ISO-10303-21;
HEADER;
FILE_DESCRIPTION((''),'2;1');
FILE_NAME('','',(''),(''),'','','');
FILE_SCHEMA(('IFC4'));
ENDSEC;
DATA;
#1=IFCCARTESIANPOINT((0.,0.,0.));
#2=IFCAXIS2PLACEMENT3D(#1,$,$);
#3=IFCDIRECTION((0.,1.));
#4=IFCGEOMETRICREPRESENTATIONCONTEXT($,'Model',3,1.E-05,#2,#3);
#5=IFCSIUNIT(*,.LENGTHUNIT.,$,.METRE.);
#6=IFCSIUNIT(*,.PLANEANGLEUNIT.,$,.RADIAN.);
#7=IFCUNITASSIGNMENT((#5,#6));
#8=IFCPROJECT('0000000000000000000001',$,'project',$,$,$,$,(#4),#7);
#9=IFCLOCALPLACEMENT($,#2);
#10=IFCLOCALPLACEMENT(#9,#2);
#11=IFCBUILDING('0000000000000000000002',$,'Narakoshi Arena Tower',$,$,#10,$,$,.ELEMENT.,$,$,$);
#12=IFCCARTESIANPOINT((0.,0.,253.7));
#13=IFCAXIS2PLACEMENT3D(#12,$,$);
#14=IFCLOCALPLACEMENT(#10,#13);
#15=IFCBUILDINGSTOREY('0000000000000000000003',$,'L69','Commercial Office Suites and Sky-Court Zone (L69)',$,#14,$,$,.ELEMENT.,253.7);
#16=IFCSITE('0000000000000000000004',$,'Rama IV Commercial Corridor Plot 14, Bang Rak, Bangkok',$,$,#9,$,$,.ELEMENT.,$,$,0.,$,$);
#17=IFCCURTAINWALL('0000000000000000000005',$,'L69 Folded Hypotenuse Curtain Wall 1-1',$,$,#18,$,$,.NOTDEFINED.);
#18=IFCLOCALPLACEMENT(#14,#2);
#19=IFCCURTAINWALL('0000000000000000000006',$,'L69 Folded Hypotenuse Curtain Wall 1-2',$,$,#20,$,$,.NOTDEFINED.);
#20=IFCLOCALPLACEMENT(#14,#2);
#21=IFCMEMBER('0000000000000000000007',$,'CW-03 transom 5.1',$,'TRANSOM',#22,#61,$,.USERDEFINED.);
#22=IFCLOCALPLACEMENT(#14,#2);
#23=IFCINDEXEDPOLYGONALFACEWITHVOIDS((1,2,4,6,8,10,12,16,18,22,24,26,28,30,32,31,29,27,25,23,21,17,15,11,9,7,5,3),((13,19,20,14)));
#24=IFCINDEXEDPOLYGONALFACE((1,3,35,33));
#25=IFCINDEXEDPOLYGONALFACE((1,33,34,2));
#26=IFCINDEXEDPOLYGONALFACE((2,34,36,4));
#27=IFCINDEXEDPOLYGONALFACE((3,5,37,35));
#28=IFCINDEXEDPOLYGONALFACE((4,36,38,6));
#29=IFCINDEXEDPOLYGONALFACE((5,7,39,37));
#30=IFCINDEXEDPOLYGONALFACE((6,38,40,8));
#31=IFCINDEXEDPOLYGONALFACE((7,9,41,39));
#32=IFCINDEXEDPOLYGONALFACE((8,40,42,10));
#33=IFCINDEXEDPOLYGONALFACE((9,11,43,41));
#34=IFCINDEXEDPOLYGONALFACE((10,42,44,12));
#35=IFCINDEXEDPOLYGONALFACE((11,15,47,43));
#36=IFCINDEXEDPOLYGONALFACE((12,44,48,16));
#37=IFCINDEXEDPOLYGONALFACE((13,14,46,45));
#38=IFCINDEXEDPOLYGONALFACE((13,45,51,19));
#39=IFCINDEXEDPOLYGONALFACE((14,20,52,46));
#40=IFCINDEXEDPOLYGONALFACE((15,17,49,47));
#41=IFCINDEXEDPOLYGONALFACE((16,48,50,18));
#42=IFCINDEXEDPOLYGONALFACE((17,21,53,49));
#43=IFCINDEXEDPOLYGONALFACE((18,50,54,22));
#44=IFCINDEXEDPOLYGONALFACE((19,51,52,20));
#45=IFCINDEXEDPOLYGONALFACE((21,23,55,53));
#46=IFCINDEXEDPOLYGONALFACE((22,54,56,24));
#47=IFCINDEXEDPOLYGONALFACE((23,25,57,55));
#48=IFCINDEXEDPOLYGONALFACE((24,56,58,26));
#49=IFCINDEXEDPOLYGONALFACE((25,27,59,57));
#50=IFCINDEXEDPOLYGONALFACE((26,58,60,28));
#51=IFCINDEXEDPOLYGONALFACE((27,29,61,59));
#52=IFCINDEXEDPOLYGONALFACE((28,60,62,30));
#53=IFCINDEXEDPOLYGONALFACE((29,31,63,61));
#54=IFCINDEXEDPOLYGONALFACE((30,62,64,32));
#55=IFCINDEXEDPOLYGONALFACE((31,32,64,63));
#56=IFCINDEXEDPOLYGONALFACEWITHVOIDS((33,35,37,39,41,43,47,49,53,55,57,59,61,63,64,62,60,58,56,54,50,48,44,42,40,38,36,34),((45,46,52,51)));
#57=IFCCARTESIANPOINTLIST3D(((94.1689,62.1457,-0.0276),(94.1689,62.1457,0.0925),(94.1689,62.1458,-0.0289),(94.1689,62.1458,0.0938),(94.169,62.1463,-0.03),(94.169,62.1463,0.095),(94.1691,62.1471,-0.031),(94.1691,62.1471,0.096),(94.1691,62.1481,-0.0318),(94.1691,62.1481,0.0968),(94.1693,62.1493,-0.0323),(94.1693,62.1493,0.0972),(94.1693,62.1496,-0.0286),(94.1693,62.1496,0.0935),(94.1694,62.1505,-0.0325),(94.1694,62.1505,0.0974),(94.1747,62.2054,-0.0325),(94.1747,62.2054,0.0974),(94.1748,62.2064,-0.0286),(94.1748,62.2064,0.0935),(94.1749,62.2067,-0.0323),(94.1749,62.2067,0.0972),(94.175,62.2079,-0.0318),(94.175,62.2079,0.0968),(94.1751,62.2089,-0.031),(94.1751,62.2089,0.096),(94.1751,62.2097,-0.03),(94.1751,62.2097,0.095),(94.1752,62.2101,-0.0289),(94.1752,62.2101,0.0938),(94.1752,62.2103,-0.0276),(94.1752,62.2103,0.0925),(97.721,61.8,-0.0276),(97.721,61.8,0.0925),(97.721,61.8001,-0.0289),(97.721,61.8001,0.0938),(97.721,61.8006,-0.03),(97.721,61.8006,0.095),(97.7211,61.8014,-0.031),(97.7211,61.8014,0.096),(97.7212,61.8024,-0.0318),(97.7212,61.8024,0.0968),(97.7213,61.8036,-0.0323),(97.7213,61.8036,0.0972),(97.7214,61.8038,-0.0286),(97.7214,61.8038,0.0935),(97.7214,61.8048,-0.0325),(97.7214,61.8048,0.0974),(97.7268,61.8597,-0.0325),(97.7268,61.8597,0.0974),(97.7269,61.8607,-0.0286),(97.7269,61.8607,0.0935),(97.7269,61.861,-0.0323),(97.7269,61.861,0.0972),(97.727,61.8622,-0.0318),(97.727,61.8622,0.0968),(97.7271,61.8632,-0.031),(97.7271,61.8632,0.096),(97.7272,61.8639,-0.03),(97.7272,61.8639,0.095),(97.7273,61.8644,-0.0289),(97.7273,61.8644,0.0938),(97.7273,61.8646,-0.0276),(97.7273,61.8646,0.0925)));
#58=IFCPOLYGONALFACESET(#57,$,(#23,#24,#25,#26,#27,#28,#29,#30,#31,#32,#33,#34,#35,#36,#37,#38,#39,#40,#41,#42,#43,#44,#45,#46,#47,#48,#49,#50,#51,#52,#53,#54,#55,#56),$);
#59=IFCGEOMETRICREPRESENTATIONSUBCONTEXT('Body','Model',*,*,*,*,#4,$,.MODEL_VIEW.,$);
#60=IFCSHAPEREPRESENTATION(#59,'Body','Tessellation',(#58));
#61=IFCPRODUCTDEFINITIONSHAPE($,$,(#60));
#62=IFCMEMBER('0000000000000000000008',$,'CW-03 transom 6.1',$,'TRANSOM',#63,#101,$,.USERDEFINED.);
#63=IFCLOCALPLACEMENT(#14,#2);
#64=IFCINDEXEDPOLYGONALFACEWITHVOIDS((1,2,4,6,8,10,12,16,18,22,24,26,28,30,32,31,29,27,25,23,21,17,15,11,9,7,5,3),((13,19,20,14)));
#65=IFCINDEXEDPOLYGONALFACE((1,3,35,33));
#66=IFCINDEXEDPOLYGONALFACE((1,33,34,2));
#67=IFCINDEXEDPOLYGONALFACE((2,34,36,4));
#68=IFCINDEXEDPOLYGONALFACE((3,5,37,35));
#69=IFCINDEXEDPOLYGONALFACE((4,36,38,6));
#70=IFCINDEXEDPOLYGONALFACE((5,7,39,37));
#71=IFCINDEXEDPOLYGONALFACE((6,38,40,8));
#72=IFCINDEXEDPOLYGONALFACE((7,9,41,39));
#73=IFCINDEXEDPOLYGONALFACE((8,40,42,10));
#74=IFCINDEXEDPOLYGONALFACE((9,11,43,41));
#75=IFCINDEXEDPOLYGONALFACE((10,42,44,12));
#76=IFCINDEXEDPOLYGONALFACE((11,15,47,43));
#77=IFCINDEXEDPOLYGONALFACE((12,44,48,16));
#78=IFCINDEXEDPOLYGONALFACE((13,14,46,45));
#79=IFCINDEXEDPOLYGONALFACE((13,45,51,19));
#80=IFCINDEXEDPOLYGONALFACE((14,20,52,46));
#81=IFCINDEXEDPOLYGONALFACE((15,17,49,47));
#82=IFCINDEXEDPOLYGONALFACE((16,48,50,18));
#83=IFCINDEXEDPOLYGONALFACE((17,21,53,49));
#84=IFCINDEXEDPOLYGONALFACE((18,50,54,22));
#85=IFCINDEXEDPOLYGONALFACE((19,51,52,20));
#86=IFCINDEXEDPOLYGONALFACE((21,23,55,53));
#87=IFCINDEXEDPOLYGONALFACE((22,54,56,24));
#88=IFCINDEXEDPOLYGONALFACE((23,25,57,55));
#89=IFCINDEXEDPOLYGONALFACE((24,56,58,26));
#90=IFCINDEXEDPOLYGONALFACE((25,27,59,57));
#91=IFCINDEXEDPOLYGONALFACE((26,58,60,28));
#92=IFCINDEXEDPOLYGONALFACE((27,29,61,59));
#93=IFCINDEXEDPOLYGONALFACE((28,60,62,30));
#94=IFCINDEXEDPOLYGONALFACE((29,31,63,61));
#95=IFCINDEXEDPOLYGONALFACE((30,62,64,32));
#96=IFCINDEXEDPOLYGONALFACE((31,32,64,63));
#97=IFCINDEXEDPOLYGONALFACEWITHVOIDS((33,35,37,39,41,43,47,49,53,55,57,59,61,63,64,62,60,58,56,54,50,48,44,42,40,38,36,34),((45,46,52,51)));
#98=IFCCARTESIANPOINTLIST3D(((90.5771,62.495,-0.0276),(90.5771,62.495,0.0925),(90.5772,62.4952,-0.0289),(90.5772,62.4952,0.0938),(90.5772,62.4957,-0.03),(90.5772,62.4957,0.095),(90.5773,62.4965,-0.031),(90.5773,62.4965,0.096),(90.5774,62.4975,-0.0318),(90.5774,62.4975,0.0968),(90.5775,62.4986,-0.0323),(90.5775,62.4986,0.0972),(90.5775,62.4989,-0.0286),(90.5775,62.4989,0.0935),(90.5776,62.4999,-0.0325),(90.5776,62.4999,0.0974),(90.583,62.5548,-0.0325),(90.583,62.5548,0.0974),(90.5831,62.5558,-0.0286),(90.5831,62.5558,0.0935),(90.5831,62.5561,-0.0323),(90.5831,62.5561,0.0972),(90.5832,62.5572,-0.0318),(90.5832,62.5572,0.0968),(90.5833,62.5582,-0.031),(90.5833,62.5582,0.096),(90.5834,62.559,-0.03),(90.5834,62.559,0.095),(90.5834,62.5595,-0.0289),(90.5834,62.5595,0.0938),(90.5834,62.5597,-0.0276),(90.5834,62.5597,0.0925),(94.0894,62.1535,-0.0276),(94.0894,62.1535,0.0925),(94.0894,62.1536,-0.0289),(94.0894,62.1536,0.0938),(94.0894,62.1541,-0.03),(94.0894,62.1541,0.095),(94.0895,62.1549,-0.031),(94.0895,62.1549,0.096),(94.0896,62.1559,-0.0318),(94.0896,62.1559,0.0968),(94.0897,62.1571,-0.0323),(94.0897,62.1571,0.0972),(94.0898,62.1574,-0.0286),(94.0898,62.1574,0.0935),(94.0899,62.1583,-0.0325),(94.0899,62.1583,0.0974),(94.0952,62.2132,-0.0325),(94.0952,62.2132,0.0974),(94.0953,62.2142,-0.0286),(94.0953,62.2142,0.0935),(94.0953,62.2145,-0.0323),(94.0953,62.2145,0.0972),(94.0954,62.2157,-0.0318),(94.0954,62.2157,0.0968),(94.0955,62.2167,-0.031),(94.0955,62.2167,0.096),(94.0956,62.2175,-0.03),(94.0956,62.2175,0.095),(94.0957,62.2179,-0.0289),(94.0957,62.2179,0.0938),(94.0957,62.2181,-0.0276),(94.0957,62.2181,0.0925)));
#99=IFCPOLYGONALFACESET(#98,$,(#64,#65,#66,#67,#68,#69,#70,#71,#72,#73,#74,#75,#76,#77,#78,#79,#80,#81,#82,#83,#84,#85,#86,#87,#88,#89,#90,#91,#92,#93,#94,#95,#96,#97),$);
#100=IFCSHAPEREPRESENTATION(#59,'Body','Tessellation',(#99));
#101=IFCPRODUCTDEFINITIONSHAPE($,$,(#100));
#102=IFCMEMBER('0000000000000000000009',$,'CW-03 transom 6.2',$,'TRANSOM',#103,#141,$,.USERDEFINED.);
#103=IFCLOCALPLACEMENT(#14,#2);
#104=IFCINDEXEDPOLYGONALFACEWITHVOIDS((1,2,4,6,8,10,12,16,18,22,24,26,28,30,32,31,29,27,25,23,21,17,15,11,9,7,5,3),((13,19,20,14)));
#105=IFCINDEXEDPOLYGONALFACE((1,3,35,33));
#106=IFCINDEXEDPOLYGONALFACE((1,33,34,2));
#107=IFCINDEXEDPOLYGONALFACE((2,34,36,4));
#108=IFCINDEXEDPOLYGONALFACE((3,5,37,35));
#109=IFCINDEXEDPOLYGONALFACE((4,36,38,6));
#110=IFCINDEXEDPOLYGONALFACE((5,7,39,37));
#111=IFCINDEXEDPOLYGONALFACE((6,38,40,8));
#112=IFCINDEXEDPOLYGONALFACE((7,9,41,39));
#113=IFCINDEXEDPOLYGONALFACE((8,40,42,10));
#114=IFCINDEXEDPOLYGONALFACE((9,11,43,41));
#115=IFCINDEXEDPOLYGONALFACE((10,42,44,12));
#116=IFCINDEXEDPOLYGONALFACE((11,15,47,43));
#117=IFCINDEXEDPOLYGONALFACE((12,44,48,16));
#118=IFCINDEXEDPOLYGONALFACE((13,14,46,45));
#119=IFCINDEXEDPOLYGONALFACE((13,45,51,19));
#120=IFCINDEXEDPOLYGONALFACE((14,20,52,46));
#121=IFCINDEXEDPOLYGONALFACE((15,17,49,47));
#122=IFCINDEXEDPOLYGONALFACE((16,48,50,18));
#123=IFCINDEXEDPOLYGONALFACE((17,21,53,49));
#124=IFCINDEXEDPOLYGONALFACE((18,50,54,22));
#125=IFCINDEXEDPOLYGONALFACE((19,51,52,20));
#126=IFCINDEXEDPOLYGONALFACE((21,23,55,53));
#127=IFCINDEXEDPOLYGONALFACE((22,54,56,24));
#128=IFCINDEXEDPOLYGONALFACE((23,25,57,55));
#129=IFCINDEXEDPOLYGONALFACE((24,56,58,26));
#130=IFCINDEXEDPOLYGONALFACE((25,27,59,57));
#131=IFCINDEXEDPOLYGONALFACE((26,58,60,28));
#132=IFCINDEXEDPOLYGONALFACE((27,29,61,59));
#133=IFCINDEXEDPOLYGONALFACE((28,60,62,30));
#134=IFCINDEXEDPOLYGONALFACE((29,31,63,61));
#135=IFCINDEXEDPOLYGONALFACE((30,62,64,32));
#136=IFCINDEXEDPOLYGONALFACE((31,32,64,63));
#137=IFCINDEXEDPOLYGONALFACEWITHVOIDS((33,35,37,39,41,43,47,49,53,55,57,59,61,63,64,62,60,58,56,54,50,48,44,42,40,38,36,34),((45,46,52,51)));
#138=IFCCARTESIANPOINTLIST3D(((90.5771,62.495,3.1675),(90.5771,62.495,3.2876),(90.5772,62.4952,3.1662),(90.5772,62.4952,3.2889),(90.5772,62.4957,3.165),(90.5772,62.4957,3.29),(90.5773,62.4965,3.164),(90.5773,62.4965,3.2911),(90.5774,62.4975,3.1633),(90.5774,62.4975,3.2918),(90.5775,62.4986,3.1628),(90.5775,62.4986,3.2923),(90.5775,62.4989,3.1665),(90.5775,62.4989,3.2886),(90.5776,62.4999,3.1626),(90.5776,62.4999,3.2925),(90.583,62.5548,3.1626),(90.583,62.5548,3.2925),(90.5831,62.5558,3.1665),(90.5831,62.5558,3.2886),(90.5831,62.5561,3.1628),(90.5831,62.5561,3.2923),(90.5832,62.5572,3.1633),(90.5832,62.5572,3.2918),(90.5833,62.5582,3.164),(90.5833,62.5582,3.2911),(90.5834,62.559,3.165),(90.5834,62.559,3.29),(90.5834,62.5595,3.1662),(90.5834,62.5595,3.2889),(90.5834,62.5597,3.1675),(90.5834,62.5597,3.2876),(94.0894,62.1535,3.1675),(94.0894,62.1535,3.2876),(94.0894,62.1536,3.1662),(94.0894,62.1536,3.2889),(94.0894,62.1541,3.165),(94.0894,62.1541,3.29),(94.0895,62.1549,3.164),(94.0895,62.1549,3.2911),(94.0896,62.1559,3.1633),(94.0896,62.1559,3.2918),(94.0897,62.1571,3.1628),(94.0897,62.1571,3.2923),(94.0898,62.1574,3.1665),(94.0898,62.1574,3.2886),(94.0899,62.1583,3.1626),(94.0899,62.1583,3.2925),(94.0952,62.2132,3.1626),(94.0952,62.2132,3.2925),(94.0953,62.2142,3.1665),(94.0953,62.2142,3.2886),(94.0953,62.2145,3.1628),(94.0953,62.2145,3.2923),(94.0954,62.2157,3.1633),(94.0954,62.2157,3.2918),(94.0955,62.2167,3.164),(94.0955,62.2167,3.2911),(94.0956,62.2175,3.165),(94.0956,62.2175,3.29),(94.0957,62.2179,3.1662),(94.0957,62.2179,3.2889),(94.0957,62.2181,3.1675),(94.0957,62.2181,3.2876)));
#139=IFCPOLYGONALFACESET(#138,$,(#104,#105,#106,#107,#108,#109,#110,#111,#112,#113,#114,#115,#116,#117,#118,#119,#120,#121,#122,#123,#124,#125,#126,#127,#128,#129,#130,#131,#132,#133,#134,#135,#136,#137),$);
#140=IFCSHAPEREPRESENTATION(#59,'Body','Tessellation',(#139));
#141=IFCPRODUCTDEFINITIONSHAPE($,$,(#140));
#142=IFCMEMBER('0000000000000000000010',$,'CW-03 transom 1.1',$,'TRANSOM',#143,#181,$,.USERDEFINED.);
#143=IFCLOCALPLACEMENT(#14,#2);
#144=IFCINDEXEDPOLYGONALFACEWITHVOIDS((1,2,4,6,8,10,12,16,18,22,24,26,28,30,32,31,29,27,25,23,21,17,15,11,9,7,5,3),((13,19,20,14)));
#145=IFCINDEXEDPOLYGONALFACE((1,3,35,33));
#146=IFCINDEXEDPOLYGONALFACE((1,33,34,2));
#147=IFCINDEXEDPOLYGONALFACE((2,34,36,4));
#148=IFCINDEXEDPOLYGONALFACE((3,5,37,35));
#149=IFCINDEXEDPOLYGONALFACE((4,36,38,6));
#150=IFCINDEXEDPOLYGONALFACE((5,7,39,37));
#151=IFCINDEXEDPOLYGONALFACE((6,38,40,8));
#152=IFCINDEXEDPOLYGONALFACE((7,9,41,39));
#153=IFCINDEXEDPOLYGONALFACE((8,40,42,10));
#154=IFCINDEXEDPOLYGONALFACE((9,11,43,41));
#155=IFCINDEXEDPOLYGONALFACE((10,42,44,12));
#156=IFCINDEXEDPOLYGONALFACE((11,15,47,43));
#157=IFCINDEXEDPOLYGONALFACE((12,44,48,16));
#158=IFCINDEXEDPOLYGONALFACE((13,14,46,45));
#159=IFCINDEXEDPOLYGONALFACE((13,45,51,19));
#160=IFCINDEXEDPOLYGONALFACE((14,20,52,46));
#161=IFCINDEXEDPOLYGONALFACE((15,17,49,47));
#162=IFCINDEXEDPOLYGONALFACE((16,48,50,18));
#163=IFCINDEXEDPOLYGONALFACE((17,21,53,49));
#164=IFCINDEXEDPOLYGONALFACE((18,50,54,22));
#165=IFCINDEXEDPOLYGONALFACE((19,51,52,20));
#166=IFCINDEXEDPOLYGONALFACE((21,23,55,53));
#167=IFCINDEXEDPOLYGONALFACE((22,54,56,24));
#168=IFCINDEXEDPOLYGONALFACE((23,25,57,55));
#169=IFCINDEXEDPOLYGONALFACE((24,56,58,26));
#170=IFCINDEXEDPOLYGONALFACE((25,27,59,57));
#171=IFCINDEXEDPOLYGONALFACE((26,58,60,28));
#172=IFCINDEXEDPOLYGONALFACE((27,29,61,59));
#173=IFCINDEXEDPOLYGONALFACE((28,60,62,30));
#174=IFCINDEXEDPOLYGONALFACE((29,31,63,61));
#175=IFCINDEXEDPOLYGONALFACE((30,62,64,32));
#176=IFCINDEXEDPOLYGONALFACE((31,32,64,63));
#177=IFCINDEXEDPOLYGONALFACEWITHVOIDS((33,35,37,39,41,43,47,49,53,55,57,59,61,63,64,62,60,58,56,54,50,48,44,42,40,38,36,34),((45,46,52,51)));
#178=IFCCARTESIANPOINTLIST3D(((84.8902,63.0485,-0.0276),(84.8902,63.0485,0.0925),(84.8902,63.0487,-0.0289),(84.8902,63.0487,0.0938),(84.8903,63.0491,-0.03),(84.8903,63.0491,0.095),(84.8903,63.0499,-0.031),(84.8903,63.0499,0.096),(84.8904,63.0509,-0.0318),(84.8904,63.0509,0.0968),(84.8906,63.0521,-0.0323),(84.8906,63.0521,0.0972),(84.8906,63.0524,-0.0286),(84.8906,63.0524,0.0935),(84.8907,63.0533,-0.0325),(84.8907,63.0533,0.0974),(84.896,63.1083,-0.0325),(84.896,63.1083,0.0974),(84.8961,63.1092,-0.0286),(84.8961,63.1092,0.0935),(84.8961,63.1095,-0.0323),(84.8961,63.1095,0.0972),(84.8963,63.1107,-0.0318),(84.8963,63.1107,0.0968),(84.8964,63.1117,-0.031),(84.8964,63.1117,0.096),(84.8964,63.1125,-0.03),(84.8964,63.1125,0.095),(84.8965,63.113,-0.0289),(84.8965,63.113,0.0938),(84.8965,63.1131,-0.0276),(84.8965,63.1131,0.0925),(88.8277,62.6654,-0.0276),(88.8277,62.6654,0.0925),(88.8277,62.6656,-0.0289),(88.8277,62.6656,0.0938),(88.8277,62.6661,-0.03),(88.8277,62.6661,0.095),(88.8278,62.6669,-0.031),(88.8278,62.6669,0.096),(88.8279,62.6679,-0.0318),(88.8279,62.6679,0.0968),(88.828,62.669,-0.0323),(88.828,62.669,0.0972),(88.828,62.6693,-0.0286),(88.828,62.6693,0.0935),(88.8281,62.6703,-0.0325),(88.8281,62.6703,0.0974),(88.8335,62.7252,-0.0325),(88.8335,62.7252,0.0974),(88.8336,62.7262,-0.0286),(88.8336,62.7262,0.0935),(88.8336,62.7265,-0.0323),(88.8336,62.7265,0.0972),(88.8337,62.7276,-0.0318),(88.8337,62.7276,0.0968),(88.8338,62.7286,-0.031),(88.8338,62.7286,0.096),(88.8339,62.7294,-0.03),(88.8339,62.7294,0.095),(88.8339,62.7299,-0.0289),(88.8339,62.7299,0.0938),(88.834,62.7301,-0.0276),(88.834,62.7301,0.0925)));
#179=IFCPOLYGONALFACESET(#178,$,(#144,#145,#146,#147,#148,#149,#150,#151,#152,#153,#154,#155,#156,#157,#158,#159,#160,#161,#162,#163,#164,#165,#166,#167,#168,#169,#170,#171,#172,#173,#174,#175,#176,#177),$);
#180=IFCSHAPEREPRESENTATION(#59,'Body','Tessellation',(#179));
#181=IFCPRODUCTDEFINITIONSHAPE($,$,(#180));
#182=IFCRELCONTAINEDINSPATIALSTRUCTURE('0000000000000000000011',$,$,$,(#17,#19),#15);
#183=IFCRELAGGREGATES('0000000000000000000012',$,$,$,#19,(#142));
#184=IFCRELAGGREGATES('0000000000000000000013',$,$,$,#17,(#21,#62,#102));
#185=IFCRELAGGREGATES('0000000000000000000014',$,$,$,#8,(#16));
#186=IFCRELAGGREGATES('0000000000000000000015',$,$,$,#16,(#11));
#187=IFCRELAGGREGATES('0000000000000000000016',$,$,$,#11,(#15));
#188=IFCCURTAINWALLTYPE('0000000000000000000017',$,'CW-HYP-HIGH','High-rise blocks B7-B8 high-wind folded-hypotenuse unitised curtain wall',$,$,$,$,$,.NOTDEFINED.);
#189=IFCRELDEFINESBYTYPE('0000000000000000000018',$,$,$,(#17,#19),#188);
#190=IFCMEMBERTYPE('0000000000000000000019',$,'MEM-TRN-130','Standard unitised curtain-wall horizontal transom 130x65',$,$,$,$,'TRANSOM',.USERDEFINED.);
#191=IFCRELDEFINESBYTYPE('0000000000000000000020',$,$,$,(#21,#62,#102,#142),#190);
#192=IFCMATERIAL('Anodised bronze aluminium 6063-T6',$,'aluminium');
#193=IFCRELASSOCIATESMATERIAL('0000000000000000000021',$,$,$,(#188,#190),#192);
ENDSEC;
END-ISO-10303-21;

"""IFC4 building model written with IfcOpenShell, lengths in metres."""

from ifc_helpers import new_model, si_unit, direction, frame, origin, origin_2d, place, context, subcontext, project, spatial, hollow_rectangle, extrude, material, material_profile, profile_set, type_object, element, aggregate, save


model = new_model("IFC4")

# Units and contexts
model_context = context("Model", 3, precision=1e-05, world=origin(), true_north=direction((0.0, 1.0)))
body_context = subcontext(model_context, "Body", "Model", "MODEL_VIEW")
ifc_project = project(units=[si_unit("LENGTHUNIT", "METRE"), si_unit("PLANEANGLEUNIT", "RADIAN")], contexts=[model_context])

# Site, building, storey
site_placement = place(None, origin())
site = spatial("IfcSite", under=ifc_project, at=site_placement, Name="Rama IV Commercial Corridor Plot 14, Bang Rak, Bangkok", CompositionType="ELEMENT", RefElevation=0.0)
building_placement = place(site_placement, origin())
building = spatial("IfcBuilding", under=site, at=building_placement, Name="Narakoshi Arena Tower", CompositionType="ELEMENT")
storey_placement = place(building_placement, frame((0.0, 0.0, 253.7)))
storey = spatial("IfcBuildingStorey", under=building, at=storey_placement, Name="L69", Description="Commercial Office Suites and Sky-Court Zone (L69)", CompositionType="ELEMENT", Elevation=253.7)

# Curtain wall
ifc_material_1 = material(Name="Anodised bronze aluminium 6063-T6", Category="aluminium")
curtain_wall_type = type_object("IfcCurtainWallType", Name="CW-HYP-HIGH", Description="High-rise blocks B7-B8 high-wind folded-hypotenuse unitised curtain wall", PredefinedType="NOTDEFINED", material=ifc_material_1)
curtain_wall_1_placement = place(storey_placement, origin())
curtain_wall_1 = element("IfcCurtainWall", 1, at=curtain_wall_1_placement, inside=storey, type_object=curtain_wall_type, Name="L69 Folded Hypotenuse Curtain Wall 1-1", PredefinedType="NOTDEFINED")

# Curtain wall
curtain_wall_2_placement = place(storey_placement, origin())
curtain_wall_2 = element("IfcCurtainWall", 2, at=curtain_wall_2_placement, inside=storey, type_object=curtain_wall_type, Name="L69 Folded Hypotenuse Curtain Wall 1-2", PredefinedType="NOTDEFINED")

# Members
ifc_material_profile_1 = material_profile(ifc_material_1, hollow_rectangle(XDim=0.0649, YDim=0.1299, WallThickness=0.0039, OuterFilletRadius=0.0049, at=origin_2d()), Name="TRN130x65x4")
ifc_profile_set_1 = profile_set([ifc_material_profile_1], Name="Anodised bronze aluminium 6063-T6")
member_type_1 = type_object("IfcMemberType", Name="MEM-TRN-130", Description="Standard unitised curtain-wall horizontal transom 130x65", ElementType="TRANSOM", PredefinedType="USERDEFINED", material=ifc_profile_set_1)
member_1_placement = place(storey_placement, frame((97.7241, 61.8323, 0.0325), z_axis=(-0.995297, 0.096869, 0.0), x_axis=(-0.096869, -0.995297, 0.0)))
member_1 = element("IfcMember", 3, at=member_1_placement, type_object=member_type_1, Name="CW-03 transom 5.1", ObjectType="TRANSOM", PredefinedType="USERDEFINED", context=body_context, shape_type="SweptSolid", body=[
    extrude(hollow_rectangle(XDim=0.0649, YDim=0.1299, WallThickness=0.0039, OuterFilletRadius=0.0049, at=origin_2d()), origin(), (0.0, 0.0, 1.0), 3.5688),
])
member_2_placement = place(storey_placement, frame((94.0925, 62.1858, 0.0325), z_axis=(-0.995305, 0.096791, 0.0), x_axis=(-0.096791, -0.995305, 0.0)))
member_2 = element("IfcMember", 4, at=member_2_placement, type_object=member_type_1, Name="CW-03 transom 6.1", ObjectType="TRANSOM", PredefinedType="USERDEFINED", context=body_context, shape_type="SweptSolid", body=[
    extrude(hollow_rectangle(XDim=0.0649, YDim=0.1299, WallThickness=0.0039, OuterFilletRadius=0.0049, at=origin_2d()), origin(), (0.0, 0.0, 1.0), 3.5288),
])
member_3_placement = place(storey_placement, frame((94.0925, 62.1858, 3.2275), z_axis=(-0.995305, 0.096791, 0.0), x_axis=(-0.096791, -0.995305, 0.0)))
member_3 = element("IfcMember", 5, at=member_3_placement, type_object=member_type_1, Name="CW-03 transom 6.2", ObjectType="TRANSOM", PredefinedType="USERDEFINED", context=body_context, shape_type="SweptSolid", body=[
    extrude(hollow_rectangle(XDim=0.0649, YDim=0.1299, WallThickness=0.0039, OuterFilletRadius=0.0049, at=origin_2d()), origin(), (0.0, 0.0, 1.0), 3.5288),
])
member_4_placement = place(storey_placement, frame((88.8308, 62.6978, 0.0325), z_axis=(-0.995301, 0.096827, 0.0), x_axis=(-0.096827, -0.995301, 0.0)))
member_4 = element("IfcMember", 6, at=member_4_placement, type_object=member_type_1, Name="CW-03 transom 1.1", ObjectType="TRANSOM", PredefinedType="USERDEFINED", context=body_context, shape_type="SweptSolid", body=[
    extrude(hollow_rectangle(XDim=0.0649, YDim=0.1299, WallThickness=0.0039, OuterFilletRadius=0.0049, at=origin_2d()), origin(), (0.0, 0.0, 1.0), 3.9561),
])
aggregate(curtain_wall_2, [member_4])

aggregate(curtain_wall_1, [member_1, member_2, member_3])

save(model, "model.ifc")
